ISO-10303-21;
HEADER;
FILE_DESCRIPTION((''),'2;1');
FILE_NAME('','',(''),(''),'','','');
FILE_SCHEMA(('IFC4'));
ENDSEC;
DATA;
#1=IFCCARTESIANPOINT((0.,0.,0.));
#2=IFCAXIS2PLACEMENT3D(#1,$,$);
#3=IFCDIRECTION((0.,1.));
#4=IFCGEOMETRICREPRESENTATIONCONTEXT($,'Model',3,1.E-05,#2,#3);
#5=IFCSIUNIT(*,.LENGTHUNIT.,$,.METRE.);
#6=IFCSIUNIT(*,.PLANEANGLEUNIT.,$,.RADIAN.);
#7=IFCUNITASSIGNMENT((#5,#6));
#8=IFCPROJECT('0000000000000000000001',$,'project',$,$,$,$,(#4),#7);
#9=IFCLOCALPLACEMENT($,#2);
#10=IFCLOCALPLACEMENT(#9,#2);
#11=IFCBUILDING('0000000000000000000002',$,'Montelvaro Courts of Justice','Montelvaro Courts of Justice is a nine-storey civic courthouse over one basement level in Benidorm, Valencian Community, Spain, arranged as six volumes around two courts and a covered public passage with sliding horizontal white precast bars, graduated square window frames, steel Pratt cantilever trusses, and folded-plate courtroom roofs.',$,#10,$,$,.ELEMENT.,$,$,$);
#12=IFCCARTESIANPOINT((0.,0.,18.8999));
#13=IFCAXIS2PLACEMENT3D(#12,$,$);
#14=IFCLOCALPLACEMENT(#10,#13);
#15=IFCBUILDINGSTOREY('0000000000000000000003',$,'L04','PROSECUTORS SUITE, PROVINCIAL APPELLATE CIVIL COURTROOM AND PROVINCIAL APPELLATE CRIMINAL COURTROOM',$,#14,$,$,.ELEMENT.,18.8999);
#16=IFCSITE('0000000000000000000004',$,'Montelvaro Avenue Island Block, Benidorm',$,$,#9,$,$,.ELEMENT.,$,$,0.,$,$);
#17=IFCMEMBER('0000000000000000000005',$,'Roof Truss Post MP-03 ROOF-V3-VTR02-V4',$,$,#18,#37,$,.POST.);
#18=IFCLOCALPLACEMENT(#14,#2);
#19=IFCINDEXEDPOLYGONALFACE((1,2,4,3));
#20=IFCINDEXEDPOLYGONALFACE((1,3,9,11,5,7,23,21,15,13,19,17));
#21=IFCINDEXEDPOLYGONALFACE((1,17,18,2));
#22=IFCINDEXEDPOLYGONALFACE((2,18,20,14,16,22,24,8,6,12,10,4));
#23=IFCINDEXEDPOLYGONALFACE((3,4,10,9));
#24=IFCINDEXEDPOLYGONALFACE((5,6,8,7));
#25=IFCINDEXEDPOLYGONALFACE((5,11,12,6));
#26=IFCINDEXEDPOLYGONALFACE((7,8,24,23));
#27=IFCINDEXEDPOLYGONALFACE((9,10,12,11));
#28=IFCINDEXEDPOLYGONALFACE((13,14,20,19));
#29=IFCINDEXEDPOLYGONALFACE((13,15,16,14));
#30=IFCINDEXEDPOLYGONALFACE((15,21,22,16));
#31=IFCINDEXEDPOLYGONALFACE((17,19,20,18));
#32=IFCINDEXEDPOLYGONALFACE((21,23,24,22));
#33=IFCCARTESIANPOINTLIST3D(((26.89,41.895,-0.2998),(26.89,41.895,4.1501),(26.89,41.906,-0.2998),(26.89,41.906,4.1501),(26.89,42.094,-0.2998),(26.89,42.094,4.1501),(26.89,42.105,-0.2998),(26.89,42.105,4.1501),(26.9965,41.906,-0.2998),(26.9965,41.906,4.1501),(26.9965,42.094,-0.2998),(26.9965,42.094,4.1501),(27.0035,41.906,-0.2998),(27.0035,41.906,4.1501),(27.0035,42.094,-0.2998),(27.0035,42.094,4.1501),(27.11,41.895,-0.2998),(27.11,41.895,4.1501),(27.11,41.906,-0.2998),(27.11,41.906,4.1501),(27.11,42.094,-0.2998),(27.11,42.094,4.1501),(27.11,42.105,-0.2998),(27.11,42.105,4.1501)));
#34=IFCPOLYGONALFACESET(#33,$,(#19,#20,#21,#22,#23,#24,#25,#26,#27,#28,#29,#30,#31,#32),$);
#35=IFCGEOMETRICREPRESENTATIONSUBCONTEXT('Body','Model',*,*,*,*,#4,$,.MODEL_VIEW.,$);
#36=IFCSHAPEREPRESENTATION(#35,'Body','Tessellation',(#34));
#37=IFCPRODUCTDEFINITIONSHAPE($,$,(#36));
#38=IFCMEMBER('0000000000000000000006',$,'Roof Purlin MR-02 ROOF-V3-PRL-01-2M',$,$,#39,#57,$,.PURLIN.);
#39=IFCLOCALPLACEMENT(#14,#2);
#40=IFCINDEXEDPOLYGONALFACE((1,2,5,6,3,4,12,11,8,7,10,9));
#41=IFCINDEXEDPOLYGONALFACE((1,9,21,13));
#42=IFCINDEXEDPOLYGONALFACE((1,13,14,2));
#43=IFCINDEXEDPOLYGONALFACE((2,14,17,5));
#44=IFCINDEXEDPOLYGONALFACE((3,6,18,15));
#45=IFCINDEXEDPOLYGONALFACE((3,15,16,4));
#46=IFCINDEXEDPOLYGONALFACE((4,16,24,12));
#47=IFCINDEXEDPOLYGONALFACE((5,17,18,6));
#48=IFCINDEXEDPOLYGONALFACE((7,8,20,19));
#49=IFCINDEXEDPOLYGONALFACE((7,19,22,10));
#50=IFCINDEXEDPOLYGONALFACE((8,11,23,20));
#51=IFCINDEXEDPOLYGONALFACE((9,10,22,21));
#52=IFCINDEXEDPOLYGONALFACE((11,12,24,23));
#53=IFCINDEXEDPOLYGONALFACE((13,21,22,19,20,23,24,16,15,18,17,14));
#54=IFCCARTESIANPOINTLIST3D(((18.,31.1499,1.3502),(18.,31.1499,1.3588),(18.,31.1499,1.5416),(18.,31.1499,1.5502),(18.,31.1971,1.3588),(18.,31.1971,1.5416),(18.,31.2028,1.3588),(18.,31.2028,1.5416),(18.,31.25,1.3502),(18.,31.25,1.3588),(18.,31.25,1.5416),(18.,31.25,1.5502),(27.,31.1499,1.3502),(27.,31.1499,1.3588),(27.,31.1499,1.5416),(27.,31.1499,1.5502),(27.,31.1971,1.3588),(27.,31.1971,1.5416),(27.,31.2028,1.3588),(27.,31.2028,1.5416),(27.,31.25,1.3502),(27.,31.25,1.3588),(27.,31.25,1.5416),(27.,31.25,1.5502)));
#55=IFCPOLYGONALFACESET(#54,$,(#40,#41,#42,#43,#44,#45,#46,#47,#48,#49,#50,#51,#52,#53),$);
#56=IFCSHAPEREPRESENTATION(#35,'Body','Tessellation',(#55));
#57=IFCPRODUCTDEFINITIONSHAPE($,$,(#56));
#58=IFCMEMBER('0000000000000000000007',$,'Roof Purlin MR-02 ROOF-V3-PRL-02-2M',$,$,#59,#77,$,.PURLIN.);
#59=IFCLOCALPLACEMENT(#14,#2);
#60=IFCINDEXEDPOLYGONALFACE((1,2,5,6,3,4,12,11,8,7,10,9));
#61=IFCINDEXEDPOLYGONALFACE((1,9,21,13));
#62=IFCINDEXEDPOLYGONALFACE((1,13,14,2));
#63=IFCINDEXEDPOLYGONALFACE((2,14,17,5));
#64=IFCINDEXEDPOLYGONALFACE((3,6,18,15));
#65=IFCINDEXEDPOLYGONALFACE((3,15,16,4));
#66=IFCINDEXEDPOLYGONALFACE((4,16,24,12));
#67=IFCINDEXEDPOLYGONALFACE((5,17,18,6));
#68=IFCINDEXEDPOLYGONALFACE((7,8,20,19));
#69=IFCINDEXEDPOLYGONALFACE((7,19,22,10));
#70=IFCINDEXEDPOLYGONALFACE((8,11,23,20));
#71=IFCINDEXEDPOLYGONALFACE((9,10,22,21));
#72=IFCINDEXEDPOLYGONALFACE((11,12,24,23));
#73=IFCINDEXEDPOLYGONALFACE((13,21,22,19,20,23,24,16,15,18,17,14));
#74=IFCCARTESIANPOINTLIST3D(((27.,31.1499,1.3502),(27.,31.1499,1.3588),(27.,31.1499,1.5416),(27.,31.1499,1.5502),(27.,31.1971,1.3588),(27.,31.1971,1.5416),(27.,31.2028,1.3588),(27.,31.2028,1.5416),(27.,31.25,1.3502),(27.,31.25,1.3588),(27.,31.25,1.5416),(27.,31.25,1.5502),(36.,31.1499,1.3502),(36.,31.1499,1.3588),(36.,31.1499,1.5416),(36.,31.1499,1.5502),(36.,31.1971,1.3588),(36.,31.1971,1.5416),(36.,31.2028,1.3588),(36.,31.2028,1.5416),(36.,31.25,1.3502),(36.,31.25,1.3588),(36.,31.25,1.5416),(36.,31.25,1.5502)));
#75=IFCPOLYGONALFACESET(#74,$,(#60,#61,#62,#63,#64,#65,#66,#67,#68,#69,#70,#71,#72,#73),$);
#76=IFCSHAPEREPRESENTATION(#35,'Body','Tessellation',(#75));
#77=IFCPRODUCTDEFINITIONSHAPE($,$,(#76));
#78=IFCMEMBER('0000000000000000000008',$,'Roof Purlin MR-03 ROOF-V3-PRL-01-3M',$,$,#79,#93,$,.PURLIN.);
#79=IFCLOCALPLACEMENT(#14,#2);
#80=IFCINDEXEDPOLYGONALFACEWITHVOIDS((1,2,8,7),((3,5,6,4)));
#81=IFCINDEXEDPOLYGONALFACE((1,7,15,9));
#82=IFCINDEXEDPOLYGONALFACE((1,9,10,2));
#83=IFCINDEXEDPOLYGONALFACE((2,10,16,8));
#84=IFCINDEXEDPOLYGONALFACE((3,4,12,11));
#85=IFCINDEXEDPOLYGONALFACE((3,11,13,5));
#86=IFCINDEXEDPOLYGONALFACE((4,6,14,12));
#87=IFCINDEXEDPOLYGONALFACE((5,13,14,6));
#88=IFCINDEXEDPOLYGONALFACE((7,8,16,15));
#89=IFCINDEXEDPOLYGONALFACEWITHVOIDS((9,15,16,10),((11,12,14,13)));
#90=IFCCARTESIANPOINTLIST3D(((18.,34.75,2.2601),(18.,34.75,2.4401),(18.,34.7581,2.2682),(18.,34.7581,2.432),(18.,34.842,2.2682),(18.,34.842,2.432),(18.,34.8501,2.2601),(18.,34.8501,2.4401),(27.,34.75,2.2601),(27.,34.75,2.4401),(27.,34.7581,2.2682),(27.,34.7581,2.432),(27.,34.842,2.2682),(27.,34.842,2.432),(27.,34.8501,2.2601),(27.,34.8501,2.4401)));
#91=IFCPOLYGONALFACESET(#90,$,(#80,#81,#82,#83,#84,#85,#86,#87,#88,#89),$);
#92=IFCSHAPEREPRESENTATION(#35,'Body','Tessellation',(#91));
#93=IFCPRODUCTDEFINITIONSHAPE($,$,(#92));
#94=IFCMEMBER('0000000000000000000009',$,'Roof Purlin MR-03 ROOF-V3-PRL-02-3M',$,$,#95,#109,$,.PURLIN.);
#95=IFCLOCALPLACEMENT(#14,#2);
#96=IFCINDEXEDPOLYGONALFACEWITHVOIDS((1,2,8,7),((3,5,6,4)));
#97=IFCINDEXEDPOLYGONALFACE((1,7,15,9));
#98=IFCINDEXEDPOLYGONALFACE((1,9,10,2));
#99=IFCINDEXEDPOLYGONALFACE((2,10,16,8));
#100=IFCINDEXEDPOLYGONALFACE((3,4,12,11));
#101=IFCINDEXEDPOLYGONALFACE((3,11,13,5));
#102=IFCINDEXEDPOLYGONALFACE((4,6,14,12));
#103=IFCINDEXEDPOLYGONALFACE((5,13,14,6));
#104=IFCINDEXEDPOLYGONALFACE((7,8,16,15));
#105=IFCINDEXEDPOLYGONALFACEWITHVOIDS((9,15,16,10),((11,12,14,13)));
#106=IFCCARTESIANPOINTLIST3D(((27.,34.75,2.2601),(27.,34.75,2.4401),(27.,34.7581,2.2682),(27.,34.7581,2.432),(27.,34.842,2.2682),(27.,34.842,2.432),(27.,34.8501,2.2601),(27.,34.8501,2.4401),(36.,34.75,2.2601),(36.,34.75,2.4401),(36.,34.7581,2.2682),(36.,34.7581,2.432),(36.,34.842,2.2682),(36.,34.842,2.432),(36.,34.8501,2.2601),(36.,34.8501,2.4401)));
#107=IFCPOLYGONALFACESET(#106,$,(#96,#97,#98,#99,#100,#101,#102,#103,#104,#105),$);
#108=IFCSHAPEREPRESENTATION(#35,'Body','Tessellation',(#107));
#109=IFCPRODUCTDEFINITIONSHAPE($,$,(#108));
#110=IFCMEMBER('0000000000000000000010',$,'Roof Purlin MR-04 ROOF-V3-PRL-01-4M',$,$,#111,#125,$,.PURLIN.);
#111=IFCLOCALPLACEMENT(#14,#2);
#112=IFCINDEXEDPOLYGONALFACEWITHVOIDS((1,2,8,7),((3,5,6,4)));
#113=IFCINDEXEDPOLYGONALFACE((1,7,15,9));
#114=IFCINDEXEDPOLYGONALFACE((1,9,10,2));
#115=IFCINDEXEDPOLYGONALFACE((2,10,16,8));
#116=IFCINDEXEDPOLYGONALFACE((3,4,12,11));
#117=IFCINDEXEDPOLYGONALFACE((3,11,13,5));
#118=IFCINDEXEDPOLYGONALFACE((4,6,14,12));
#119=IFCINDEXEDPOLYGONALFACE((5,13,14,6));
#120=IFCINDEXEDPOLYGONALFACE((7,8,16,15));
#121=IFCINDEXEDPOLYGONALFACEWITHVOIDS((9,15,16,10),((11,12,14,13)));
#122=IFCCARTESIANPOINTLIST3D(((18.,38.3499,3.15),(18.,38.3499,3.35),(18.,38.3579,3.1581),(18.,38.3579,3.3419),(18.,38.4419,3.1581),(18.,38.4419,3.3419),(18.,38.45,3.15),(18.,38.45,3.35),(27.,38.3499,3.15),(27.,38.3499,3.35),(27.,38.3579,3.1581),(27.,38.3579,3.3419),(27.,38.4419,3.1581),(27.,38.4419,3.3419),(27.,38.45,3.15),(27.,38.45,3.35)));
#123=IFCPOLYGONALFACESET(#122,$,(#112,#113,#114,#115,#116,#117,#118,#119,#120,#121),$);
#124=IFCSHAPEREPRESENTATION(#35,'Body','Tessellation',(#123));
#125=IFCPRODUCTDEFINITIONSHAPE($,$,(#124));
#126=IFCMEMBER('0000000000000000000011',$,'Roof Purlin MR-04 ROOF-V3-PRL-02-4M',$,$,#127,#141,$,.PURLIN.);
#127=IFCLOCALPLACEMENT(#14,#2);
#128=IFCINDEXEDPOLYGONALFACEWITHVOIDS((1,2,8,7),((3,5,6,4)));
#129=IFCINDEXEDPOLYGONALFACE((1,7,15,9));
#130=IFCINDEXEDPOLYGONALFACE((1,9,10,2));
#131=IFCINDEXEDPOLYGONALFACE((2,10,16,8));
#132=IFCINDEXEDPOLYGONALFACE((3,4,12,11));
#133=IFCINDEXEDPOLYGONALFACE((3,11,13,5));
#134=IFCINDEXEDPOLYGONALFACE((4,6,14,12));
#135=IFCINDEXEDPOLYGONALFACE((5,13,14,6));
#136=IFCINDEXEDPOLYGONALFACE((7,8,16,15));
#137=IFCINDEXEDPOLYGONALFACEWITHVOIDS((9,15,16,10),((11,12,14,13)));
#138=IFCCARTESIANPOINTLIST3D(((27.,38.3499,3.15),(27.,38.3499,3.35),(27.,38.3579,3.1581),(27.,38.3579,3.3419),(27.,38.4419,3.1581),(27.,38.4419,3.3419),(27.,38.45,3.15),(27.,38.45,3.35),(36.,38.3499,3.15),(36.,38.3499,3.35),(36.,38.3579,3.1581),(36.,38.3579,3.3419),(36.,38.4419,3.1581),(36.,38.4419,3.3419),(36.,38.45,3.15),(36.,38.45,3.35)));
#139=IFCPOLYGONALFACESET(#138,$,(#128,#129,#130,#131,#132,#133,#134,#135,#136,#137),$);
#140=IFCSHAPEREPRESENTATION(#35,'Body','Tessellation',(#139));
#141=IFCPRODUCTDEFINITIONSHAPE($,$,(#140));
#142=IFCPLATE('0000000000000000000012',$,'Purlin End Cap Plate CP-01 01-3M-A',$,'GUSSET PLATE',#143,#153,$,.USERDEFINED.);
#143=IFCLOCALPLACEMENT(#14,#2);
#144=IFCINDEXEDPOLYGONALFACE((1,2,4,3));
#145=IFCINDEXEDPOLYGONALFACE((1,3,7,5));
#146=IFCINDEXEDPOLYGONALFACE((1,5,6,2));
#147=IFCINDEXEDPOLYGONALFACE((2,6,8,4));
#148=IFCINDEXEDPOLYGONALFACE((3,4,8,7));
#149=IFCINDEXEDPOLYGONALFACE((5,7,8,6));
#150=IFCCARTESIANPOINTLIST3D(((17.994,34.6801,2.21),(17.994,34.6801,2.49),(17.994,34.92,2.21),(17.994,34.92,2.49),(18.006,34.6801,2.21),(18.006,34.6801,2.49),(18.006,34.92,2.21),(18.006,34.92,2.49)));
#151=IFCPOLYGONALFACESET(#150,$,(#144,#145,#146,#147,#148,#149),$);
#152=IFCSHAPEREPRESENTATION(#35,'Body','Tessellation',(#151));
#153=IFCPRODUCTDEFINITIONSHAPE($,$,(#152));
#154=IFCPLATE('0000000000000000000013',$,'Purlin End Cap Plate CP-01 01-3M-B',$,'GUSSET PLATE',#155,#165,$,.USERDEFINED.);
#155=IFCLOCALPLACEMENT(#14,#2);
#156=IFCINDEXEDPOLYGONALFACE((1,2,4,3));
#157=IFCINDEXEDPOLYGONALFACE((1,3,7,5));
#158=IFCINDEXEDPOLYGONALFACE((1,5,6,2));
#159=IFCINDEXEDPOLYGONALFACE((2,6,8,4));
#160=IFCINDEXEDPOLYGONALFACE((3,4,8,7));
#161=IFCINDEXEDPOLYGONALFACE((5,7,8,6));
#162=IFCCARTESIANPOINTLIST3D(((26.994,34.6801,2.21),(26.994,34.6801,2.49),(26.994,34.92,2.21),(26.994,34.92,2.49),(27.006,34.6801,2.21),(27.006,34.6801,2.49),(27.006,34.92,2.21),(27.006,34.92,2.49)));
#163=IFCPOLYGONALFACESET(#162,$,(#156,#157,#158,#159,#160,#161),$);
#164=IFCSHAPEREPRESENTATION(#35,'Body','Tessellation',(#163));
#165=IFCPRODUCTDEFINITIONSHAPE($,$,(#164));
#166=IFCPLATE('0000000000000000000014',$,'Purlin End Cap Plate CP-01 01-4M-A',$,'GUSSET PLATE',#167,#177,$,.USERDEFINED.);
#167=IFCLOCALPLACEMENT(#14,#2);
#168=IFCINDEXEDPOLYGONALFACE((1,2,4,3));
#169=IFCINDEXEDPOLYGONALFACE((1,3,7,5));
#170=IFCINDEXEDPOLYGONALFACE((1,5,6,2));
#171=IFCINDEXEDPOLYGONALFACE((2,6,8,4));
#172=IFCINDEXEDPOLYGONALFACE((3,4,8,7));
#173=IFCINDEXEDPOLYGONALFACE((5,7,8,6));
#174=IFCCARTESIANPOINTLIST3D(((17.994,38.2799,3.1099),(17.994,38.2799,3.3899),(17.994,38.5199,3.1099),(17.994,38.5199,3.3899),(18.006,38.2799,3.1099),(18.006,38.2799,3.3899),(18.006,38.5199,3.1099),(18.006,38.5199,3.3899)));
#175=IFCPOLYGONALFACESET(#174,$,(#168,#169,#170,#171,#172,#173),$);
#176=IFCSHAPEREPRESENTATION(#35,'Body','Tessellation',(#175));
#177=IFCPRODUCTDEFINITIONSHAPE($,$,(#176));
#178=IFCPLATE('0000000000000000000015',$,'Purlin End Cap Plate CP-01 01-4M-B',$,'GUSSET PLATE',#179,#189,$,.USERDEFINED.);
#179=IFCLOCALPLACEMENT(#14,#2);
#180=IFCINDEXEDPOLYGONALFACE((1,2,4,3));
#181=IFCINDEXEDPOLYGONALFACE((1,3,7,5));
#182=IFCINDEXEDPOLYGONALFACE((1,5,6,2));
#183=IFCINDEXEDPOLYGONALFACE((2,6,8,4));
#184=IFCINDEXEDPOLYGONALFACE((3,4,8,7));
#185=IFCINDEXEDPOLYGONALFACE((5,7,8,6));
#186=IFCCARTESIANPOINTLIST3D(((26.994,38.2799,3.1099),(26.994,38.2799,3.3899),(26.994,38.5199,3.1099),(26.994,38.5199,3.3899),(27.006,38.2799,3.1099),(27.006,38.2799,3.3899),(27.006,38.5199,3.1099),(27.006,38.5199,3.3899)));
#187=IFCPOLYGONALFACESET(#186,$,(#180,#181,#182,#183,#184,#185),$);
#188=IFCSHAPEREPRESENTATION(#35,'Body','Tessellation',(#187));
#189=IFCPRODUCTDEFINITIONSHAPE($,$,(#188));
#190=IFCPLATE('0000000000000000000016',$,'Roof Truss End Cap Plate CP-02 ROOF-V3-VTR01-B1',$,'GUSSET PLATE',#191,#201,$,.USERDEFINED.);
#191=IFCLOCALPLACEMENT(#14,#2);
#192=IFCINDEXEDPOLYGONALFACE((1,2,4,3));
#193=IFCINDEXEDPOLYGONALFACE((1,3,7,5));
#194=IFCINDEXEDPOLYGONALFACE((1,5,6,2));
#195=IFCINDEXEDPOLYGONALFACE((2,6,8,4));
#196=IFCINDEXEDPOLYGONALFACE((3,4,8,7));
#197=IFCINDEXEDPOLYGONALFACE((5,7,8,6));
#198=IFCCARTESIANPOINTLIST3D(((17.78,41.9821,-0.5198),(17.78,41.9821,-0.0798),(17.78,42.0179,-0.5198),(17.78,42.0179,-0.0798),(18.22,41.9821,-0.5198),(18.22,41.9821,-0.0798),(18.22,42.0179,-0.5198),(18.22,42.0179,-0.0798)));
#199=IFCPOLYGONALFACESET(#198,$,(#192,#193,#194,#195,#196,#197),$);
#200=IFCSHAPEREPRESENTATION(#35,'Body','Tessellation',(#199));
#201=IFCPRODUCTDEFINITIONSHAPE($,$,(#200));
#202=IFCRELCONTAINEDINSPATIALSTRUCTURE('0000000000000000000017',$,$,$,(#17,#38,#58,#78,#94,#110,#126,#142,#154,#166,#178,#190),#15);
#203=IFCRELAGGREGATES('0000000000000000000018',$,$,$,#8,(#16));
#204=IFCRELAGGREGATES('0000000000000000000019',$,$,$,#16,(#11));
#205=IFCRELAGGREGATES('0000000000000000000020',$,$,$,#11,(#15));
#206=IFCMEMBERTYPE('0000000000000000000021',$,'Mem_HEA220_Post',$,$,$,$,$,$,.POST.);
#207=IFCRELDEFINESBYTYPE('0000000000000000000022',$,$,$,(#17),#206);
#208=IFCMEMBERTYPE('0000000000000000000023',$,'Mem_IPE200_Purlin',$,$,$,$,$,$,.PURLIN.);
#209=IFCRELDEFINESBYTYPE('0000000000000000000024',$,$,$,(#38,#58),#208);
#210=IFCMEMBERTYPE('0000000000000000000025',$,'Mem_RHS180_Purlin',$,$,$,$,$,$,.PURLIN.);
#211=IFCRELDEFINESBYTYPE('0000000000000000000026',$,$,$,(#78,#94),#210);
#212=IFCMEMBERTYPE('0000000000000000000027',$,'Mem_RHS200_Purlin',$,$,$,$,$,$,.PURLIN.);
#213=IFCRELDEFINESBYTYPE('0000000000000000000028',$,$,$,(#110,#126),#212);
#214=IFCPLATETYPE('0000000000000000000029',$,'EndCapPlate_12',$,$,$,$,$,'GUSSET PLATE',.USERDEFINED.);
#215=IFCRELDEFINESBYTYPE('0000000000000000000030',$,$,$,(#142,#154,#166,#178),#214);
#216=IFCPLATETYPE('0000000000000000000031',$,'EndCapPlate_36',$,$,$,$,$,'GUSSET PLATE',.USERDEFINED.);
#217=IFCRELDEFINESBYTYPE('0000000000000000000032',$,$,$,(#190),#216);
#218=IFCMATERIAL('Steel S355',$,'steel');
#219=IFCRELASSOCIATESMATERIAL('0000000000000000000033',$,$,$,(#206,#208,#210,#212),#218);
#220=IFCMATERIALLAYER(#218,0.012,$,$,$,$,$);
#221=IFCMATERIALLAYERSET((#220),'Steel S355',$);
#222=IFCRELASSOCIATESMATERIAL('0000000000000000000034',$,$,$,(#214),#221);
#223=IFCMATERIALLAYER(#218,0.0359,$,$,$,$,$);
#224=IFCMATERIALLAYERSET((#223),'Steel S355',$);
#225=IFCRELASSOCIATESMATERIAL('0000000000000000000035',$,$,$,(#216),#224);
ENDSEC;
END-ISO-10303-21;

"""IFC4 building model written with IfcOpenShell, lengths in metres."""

from ifc_helpers import new_model, si_unit, direction, frame, origin, origin_2d, place, context, subcontext, project, spatial, rectangle, hollow_rectangle, i_section, extrude, material, layer, layer_set, material_profile, profile_set, type_object, element, save


model = new_model("IFC4")

# Units and contexts
model_context = context("Model", 3, precision=1e-05, world=origin(), true_north=direction((0.0, 1.0)))
body_context = subcontext(model_context, "Body", "Model", "MODEL_VIEW")
ifc_project = project(units=[si_unit("LENGTHUNIT", "METRE"), si_unit("PLANEANGLEUNIT", "RADIAN")], contexts=[model_context])

# Site, building, storey
site_placement = place(None, origin())
site = spatial("IfcSite", under=ifc_project, at=site_placement, Name="Montelvaro Avenue Island Block, Benidorm", CompositionType="ELEMENT", RefElevation=0.0)
building_placement = place(site_placement, origin())
building = spatial("IfcBuilding", under=site, at=building_placement, Name="Montelvaro Courts of Justice", Description="Montelvaro Courts of Justice is a nine-storey civic courthouse over one basement level in Benidorm, Valencian Community, Spain, arranged as six volumes around two courts and a covered public passage with sliding horizontal white precast bars, graduated square window frames, steel Pratt cantilever trusses, and folded-plate courtroom roofs.", CompositionType="ELEMENT")
storey_placement = place(building_placement, frame((0.0, 0.0, 18.8999)))
storey = spatial("IfcBuildingStorey", under=building, at=storey_placement, Name="L04", Description="PROSECUTORS SUITE, PROVINCIAL APPELLATE CIVIL COURTROOM AND PROVINCIAL APPELLATE CRIMINAL COURTROOM", CompositionType="ELEMENT", Elevation=18.8999)

# Members
ifc_material_1 = material(Name="Steel S355", Category="steel")
ifc_material_profile_1 = material_profile(ifc_material_1, i_section(OverallWidth=0.22, OverallDepth=0.21, WebThickness=0.0071, FlangeThickness=0.011, at=origin_2d()), Name="HEA 220")
ifc_profile_set_1 = profile_set([ifc_material_profile_1], Name="Steel S355")
member_type_1 = type_object("IfcMemberType", Name="Mem_HEA220_Post", PredefinedType="POST", material=ifc_profile_set_1)
member_1_placement = place(storey_placement, frame((27.0, 42.0, -0.2998), z_axis=(0.0, 0.0, 1.0), x_axis=(1.0, 0.0, 0.0)))
element("IfcMember", 1, at=member_1_placement, inside=storey, type_object=member_type_1, Name="Roof Truss Post MP-03 ROOF-V3-VTR02-V4", PredefinedType="POST", context=body_context, shape_type="SweptSolid", body=[
    extrude(i_section(OverallWidth=0.22, OverallDepth=0.21, WebThickness=0.0071, FlangeThickness=0.011, at=origin_2d()), origin(), (0.0, 0.0, 1.0), 4.45),
])
ifc_material_profile_2 = material_profile(ifc_material_1, i_section(OverallWidth=0.1001, OverallDepth=0.2, WebThickness=0.0056, FlangeThickness=0.0085, at=origin_2d()), Name="IPE 200")
ifc_profile_set_2 = profile_set([ifc_material_profile_2], Name="Steel S355")
member_type_2 = type_object("IfcMemberType", Name="Mem_IPE200_Purlin", PredefinedType="PURLIN", material=ifc_profile_set_2)
for number, where, z_axis, x_axis, name in (
    (2, (18.0, 31.2, 1.4502), (1.0, 0.0, 0.0), (0.0, 1.0, 0.0), "Roof Purlin MR-02 ROOF-V3-PRL-01-2M"),
    (3, (27.0, 31.2, 1.4502), (1.0, 0.0, 0.0), (0.0, 1.0, 0.0), "Roof Purlin MR-02 ROOF-V3-PRL-02-2M"),
):
    element("IfcMember", number, at=place(storey_placement, frame(where, z_axis=z_axis, x_axis=x_axis)), inside=storey, type_object=member_type_2, Name=name, PredefinedType="PURLIN", context=body_context, shape_type="SweptSolid", body=[
        extrude(i_section(OverallWidth=0.1001, OverallDepth=0.2, WebThickness=0.0056, FlangeThickness=0.0085, at=origin_2d()), origin(), (0.0, 0.0, 1.0), 9.0),
    ])
ifc_material_profile_3 = material_profile(ifc_material_1, hollow_rectangle(XDim=0.1001, YDim=0.1799, WallThickness=0.0081, at=origin_2d()), Name="RHS 180x100x8")
ifc_profile_set_3 = profile_set([ifc_material_profile_3], Name="Steel S355")
member_type_3 = type_object("IfcMemberType", Name="Mem_RHS180_Purlin", PredefinedType="PURLIN", material=ifc_profile_set_3)
for number, where, z_axis, x_axis, name in (
    (4, (18.0, 34.8, 2.3501), (1.0, 0.0, 0.0), (0.0, 1.0, 0.0), "Roof Purlin MR-03 ROOF-V3-PRL-01-3M"),
    (5, (27.0, 34.8, 2.3501), (1.0, 0.0, 0.0), (0.0, 1.0, 0.0), "Roof Purlin MR-03 ROOF-V3-PRL-02-3M"),
):
    element("IfcMember", number, at=place(storey_placement, frame(where, z_axis=z_axis, x_axis=x_axis)), inside=storey, type_object=member_type_3, Name=name, PredefinedType="PURLIN", context=body_context, shape_type="SweptSolid", body=[
        extrude(hollow_rectangle(XDim=0.1001, YDim=0.1799, WallThickness=0.0081, at=origin_2d()), origin(), (0.0, 0.0, 1.0), 9.0),
    ])
ifc_material_profile_4 = material_profile(ifc_material_1, hollow_rectangle(XDim=0.1001, YDim=0.2, WallThickness=0.0081, at=origin_2d()), Name="RHS 200x100x8")
ifc_profile_set_4 = profile_set([ifc_material_profile_4], Name="Steel S355")
member_type_4 = type_object("IfcMemberType", Name="Mem_RHS200_Purlin", PredefinedType="PURLIN", material=ifc_profile_set_4)
for number, where, z_axis, x_axis, name in (
    (6, (18.0, 38.3999, 3.25), (1.0, 0.0, 0.0), (0.0, 1.0, 0.0), "Roof Purlin MR-04 ROOF-V3-PRL-01-4M"),
    (7, (27.0, 38.3999, 3.25), (1.0, 0.0, 0.0), (0.0, 1.0, 0.0), "Roof Purlin MR-04 ROOF-V3-PRL-02-4M"),
):
    element("IfcMember", number, at=place(storey_placement, frame(where, z_axis=z_axis, x_axis=x_axis)), inside=storey, type_object=member_type_4, Name=name, PredefinedType="PURLIN", context=body_context, shape_type="SweptSolid", body=[
        extrude(hollow_rectangle(XDim=0.1001, YDim=0.2, WallThickness=0.0081, at=origin_2d()), origin(), (0.0, 0.0, 1.0), 9.0),
    ])

# Plates
ifc_layer_1 = layer(ifc_material_1, 0.012)
ifc_layer_set_1 = layer_set([ifc_layer_1], Name="Steel S355")
plate_type_1 = type_object("IfcPlateType", Name="EndCapPlate_12", ElementType="GUSSET PLATE", PredefinedType="USERDEFINED", material=ifc_layer_set_1)
for number, where, z_axis, x_axis, name in (
    (8, (18.0, 34.8, 2.21), (0.0, 0.0, 1.0), (1.0, 0.0, 0.0), "Purlin End Cap Plate CP-01 01-3M-A"),
    (9, (27.0, 34.8, 2.21), (0.0, 0.0, 1.0), (1.0, 0.0, 0.0), "Purlin End Cap Plate CP-01 01-3M-B"),
    (10, (18.0, 38.3999, 3.1099), (0.0, 0.0, 1.0), (1.0, 0.0, 0.0), "Purlin End Cap Plate CP-01 01-4M-A"),
    (11, (27.0, 38.3999, 3.1099), (0.0, 0.0, 1.0), (1.0, 0.0, 0.0), "Purlin End Cap Plate CP-01 01-4M-B"),
):
    element("IfcPlate", number, at=place(storey_placement, frame(where, z_axis=z_axis, x_axis=x_axis)), inside=storey, type_object=plate_type_1, Name=name, ObjectType="GUSSET PLATE", PredefinedType="USERDEFINED", context=body_context, shape_type="SweptSolid", body=[
        extrude(rectangle(XDim=0.012, YDim=0.24, at=origin_2d()), origin(), (0.0, 0.0, 1.0), 0.28),
    ])
ifc_layer_2 = layer(ifc_material_1, 0.0359)
ifc_layer_set_2 = layer_set([ifc_layer_2], Name="Steel S355")
plate_type_2 = type_object("IfcPlateType", Name="EndCapPlate_36", ElementType="GUSSET PLATE", PredefinedType="USERDEFINED", material=ifc_layer_set_2)
for number, where, z_axis, x_axis, name in (
    (12, (18.0, 42.0, -0.5198), (0.0, 0.0, 1.0), (1.0, 0.0, 0.0), "Roof Truss End Cap Plate CP-02 ROOF-V3-VTR01-B1"),
):
    element("IfcPlate", number, at=place(storey_placement, frame(where, z_axis=z_axis, x_axis=x_axis)), inside=storey, type_object=plate_type_2, Name=name, ObjectType="GUSSET PLATE", PredefinedType="USERDEFINED", context=body_context, shape_type="SweptSolid", body=[
        extrude(rectangle(XDim=0.4399, YDim=0.0359, at=origin_2d()), origin(), (0.0, 0.0, 1.0), 0.4399),
    ])

save(model, "model.ifc")
